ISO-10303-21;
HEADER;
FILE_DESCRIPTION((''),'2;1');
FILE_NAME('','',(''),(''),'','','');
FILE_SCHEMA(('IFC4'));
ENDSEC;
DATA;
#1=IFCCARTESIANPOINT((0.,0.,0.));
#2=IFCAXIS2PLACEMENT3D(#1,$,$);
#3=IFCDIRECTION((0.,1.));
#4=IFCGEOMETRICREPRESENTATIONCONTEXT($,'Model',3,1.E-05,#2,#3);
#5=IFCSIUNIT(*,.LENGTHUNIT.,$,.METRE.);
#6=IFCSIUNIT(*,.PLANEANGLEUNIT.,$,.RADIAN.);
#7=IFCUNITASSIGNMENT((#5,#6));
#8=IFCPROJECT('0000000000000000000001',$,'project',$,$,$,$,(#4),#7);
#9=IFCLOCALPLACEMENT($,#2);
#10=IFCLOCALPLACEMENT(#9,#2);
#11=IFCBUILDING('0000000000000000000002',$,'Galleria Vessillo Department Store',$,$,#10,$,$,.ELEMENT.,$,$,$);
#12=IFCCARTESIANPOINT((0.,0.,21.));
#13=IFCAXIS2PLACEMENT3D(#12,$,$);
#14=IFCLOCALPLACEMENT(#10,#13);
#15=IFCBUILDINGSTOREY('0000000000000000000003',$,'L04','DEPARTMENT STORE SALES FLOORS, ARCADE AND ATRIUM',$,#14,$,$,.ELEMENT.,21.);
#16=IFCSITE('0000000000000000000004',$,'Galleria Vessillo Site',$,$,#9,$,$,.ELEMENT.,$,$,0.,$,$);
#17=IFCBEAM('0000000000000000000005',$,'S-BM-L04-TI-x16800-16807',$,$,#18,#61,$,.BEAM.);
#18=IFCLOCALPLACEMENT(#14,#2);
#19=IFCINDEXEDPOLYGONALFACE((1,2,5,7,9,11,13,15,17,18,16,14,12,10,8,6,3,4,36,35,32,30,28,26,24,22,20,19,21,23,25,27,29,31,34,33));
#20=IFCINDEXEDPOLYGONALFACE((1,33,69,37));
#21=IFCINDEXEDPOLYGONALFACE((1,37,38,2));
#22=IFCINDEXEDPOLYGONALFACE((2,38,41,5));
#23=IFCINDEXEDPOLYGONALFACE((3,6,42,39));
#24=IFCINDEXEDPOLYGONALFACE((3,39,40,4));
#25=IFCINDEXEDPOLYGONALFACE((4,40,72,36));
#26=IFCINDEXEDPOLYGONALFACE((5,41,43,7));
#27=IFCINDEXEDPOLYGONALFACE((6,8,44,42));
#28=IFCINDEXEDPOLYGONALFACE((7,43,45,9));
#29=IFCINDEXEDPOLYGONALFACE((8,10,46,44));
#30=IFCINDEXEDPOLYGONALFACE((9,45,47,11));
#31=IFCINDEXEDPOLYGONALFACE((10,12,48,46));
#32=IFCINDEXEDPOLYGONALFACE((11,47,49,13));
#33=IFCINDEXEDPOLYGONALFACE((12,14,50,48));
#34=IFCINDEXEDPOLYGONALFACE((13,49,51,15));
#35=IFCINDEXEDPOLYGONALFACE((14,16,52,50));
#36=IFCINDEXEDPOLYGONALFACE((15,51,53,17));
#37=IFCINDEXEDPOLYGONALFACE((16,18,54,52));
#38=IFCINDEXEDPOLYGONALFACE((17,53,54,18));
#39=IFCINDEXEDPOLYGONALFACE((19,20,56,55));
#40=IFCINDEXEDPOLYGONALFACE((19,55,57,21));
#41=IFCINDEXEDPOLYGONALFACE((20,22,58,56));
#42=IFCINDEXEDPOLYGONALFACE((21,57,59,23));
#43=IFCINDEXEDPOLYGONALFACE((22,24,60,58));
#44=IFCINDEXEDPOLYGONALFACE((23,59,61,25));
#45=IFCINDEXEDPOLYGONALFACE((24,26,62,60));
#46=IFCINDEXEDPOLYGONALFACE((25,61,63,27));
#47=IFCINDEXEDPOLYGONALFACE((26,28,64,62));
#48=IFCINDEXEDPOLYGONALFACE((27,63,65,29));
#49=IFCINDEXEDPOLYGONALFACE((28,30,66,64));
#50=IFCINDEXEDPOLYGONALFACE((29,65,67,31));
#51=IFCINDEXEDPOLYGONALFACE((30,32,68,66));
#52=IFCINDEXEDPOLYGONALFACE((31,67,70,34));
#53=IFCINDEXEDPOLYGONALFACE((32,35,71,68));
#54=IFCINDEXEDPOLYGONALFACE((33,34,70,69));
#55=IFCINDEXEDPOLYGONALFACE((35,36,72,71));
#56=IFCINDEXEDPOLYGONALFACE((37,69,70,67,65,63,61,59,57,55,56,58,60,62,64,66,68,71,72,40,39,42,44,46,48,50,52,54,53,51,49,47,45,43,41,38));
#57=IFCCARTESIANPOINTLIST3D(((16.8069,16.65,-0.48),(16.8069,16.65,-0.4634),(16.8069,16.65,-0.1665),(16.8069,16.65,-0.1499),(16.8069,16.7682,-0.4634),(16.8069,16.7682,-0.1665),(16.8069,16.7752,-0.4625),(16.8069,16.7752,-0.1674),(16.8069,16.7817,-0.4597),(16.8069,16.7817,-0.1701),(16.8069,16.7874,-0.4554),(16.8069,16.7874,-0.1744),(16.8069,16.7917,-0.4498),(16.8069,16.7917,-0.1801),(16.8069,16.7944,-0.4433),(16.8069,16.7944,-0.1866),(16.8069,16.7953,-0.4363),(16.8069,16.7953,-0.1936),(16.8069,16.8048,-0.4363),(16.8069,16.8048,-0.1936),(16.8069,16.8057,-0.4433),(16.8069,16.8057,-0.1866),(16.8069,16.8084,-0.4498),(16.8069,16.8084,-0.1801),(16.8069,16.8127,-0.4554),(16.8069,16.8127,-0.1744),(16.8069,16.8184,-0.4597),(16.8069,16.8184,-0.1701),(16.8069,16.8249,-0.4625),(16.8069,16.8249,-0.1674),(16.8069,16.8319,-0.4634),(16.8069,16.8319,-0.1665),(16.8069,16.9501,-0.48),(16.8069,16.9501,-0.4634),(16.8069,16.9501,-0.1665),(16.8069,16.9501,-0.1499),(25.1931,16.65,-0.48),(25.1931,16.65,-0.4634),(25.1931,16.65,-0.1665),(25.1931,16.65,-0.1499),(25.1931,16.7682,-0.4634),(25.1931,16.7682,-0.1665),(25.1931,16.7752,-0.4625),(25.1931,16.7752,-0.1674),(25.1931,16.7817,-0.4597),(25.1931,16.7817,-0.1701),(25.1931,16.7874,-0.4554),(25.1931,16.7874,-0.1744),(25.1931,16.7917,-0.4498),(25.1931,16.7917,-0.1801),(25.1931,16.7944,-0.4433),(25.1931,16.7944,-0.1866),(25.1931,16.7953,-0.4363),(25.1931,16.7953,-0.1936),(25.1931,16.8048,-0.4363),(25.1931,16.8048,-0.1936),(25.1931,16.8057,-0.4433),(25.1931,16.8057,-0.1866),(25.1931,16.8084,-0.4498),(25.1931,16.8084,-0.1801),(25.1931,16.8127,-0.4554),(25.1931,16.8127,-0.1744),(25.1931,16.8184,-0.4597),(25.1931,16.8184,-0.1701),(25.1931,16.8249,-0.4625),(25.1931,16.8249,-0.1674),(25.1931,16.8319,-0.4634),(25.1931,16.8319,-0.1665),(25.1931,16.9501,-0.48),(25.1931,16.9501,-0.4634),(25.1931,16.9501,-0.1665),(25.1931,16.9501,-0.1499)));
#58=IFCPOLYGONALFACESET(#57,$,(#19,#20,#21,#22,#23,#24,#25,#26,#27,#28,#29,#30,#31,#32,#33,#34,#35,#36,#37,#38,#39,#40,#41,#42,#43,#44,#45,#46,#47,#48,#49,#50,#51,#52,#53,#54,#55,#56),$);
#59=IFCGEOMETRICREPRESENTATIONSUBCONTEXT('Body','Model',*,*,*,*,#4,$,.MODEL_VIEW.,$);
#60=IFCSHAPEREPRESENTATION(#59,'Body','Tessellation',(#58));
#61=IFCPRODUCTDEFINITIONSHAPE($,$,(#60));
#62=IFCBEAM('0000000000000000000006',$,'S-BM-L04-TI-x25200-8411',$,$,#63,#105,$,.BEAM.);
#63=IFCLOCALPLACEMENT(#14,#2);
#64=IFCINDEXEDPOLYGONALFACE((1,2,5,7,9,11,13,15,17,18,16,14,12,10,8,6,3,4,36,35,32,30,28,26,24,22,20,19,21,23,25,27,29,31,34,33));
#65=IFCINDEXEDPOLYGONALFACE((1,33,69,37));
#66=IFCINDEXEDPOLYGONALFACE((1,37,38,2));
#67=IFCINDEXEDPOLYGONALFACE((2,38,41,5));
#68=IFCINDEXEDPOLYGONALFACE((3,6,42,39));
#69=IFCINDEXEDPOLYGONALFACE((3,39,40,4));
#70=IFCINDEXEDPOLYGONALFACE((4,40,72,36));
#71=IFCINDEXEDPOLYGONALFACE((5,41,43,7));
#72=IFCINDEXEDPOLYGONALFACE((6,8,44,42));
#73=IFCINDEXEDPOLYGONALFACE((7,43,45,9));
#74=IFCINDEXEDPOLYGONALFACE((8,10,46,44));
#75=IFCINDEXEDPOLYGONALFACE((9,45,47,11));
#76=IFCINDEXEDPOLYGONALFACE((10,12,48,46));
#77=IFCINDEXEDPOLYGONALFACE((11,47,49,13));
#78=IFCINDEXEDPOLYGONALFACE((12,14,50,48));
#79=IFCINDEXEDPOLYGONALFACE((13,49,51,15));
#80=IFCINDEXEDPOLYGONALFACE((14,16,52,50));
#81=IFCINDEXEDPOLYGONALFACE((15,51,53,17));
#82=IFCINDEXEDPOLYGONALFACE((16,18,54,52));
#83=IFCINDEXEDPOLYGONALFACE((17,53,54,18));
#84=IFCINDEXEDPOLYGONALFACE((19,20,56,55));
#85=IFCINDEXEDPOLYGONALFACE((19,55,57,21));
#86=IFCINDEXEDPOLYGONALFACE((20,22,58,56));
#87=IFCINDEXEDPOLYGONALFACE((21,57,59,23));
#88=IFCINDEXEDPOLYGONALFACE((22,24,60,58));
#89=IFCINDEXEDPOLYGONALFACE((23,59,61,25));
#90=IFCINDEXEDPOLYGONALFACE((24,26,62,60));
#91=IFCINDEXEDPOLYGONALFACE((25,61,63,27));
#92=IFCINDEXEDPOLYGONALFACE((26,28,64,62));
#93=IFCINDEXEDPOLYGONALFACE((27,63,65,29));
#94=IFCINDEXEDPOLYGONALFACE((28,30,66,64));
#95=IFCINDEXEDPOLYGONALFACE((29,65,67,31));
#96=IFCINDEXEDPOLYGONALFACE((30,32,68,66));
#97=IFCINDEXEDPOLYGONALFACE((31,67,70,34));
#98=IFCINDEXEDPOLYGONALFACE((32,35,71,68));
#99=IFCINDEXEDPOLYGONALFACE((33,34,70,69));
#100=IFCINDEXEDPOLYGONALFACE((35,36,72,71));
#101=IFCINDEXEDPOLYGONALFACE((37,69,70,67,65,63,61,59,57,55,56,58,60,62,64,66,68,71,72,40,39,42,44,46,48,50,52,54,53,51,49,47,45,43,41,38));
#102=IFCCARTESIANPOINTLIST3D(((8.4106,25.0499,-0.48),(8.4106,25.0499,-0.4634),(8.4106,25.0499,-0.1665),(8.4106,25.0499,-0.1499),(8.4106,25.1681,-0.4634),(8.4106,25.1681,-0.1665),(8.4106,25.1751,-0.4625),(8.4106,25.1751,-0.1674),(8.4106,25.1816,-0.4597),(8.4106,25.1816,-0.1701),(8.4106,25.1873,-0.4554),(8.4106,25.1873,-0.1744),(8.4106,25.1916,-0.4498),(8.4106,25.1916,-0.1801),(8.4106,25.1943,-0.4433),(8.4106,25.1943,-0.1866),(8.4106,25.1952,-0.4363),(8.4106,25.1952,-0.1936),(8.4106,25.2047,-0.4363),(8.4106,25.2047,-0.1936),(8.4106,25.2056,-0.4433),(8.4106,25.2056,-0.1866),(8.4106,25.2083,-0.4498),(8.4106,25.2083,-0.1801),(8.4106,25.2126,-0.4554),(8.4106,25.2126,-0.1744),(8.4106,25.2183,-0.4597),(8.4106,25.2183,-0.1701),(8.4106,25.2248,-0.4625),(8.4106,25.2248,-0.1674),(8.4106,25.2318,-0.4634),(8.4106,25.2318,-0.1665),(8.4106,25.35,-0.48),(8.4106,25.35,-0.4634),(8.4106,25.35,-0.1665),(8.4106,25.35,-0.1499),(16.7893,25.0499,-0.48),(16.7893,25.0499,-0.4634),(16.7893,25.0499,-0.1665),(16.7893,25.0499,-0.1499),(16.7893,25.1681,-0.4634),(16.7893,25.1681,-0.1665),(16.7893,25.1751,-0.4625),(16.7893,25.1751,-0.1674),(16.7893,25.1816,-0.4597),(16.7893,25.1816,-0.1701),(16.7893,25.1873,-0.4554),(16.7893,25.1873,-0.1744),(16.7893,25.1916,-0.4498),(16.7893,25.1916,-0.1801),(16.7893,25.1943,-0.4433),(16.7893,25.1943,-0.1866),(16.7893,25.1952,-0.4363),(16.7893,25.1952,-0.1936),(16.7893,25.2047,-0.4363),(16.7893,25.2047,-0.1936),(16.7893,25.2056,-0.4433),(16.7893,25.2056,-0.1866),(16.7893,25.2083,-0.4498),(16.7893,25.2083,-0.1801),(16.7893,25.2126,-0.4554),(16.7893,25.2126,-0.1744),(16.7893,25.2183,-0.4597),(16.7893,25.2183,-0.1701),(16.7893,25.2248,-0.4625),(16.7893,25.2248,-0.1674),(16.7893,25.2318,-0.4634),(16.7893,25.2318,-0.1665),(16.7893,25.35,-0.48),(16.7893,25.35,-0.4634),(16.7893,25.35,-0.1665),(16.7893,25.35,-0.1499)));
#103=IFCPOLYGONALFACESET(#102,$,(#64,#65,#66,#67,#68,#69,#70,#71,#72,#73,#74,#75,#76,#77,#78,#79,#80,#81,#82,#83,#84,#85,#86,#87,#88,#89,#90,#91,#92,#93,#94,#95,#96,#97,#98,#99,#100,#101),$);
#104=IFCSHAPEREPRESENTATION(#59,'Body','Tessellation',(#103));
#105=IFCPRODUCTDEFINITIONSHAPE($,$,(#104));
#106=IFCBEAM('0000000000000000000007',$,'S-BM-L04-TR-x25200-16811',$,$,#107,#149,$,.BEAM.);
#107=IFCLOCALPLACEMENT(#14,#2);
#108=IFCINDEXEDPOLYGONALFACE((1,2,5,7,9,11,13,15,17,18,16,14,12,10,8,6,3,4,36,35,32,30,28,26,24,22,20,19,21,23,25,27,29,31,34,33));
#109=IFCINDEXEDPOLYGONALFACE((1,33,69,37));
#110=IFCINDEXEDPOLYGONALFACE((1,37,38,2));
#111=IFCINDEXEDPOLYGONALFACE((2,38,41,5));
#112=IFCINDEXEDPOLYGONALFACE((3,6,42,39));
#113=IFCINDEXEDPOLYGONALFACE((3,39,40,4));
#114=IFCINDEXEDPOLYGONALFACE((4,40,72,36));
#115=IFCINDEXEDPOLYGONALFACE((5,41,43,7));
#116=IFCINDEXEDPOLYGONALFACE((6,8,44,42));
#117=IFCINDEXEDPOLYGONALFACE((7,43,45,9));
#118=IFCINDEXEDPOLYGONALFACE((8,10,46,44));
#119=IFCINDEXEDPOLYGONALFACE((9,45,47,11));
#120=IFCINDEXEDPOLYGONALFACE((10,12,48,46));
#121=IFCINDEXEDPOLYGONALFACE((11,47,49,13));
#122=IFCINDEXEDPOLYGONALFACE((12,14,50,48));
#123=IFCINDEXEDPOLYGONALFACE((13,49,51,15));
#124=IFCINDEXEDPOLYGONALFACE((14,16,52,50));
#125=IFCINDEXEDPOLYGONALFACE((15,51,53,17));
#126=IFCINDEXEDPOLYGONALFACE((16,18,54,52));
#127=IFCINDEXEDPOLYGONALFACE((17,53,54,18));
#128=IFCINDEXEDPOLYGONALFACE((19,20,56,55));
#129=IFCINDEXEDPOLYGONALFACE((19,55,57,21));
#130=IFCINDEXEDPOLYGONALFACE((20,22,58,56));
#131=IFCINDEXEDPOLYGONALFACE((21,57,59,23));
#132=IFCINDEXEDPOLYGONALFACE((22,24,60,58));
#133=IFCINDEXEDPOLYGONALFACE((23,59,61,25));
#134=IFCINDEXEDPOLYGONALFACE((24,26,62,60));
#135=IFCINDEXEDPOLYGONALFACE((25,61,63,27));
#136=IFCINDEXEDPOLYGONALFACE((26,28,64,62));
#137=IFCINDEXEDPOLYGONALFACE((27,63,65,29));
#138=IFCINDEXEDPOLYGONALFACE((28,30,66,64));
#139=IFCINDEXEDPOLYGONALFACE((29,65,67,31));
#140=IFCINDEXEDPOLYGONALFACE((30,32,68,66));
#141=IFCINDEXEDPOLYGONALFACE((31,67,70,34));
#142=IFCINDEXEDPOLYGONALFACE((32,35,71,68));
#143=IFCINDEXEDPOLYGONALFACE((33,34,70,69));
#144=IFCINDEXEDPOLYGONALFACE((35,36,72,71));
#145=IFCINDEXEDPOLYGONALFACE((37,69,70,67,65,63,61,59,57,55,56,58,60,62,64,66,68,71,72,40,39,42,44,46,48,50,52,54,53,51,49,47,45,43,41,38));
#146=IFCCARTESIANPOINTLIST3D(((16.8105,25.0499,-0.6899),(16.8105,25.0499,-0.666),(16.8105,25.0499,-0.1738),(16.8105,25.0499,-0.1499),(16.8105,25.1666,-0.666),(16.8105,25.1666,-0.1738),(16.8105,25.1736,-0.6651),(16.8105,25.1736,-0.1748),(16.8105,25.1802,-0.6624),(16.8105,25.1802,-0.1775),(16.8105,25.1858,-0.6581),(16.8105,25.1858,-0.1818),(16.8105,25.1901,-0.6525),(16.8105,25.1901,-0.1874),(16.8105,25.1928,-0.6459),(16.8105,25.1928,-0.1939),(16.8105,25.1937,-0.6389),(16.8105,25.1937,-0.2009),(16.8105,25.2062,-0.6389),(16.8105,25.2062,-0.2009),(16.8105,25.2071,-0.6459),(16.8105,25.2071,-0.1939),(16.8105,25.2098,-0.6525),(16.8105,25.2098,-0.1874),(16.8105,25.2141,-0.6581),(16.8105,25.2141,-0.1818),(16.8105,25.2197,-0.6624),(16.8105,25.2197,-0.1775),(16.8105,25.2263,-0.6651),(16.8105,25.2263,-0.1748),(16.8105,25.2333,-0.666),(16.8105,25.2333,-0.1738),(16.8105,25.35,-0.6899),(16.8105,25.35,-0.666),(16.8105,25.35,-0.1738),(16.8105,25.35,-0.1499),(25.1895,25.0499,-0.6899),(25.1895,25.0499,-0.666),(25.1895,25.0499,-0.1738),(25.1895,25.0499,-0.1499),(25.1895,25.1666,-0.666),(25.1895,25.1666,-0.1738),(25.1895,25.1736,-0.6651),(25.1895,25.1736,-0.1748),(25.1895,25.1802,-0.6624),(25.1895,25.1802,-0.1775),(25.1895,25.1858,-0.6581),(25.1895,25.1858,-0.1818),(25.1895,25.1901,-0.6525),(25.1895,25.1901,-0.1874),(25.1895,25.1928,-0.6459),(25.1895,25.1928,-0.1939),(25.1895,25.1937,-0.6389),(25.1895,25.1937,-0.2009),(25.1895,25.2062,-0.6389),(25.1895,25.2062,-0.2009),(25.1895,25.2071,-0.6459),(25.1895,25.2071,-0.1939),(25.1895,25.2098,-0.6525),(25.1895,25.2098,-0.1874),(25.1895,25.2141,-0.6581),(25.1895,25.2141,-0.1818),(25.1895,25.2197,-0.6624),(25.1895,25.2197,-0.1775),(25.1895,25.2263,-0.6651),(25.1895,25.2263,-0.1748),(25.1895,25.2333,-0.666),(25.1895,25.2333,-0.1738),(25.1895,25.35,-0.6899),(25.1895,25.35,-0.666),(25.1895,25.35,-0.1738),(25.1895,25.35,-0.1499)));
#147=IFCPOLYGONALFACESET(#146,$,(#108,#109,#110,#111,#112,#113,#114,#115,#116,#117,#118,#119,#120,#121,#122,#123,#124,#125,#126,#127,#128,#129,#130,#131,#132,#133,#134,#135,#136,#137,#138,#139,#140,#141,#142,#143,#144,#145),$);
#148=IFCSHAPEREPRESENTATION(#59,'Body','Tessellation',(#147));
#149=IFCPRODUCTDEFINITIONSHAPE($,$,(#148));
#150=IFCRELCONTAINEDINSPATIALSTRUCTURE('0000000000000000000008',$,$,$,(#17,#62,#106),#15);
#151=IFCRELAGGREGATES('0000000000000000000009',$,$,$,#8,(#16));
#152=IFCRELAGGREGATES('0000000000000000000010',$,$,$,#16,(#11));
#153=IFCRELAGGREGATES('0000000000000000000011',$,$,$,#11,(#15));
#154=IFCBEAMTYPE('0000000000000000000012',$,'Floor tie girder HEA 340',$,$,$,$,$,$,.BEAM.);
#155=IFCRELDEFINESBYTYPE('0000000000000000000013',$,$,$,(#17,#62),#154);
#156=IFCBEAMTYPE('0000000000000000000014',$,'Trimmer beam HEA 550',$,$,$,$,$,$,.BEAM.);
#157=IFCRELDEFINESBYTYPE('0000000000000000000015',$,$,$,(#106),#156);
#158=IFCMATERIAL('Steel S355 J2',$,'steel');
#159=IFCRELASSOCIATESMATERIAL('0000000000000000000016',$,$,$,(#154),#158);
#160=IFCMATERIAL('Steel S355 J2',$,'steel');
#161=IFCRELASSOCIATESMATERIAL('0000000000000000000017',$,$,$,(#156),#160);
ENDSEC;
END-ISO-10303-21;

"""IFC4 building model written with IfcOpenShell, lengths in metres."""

from ifc_helpers import new_model, si_unit, direction, frame, origin, origin_2d, place, context, subcontext, project, spatial, i_section, extrude, material, material_profile, profile_set, type_object, element, save


model = new_model("IFC4")

# Units and contexts
model_context = context("Model", 3, precision=1e-05, world=origin(), true_north=direction((0.0, 1.0)))
body_context = subcontext(model_context, "Body", "Model", "MODEL_VIEW")
ifc_project = project(units=[si_unit("LENGTHUNIT", "METRE"), si_unit("PLANEANGLEUNIT", "RADIAN")], contexts=[model_context])

# Site, building, storey
site_placement = place(None, origin())
site = spatial("IfcSite", under=ifc_project, at=site_placement, Name="Galleria Vessillo Site", CompositionType="ELEMENT", RefElevation=0.0)
building_placement = place(site_placement, origin())
building = spatial("IfcBuilding", under=site, at=building_placement, Name="Galleria Vessillo Department Store", CompositionType="ELEMENT")
storey_placement = place(building_placement, frame((0.0, 0.0, 21.0)))
storey = spatial("IfcBuildingStorey", under=building, at=storey_placement, Name="L04", Description="DEPARTMENT STORE SALES FLOORS, ARCADE AND ATRIUM", CompositionType="ELEMENT", Elevation=21.0)

# Beams
ifc_material_1 = material(Name="Steel S355 J2", Category="steel")
ifc_material_profile_1 = material_profile(ifc_material_1, i_section(OverallWidth=0.3, OverallDepth=0.3301, WebThickness=0.0095, FlangeThickness=0.0166, FilletRadius=0.0271, at=origin_2d()), Name="HEA 340")
ifc_profile_set_1 = profile_set([ifc_material_profile_1], Name="Steel S355 J2")
beam_type_1 = type_object("IfcBeamType", Name="Floor tie girder HEA 340", PredefinedType="BEAM", material=ifc_profile_set_1)
for number, where, z_axis, x_axis, name in (
    (1, (16.8069, 16.8, -0.3149), (1.0, 0.0, 0.0), (0.0, 1.0, 0.0), "S-BM-L04-TI-x16800-16807"),
):
    element("IfcBeam", number, at=place(storey_placement, frame(where, z_axis=z_axis, x_axis=x_axis)), inside=storey, type_object=beam_type_1, Name=name, PredefinedType="BEAM", context=body_context, shape_type="SweptSolid", body=[
        extrude(i_section(OverallWidth=0.3, OverallDepth=0.3301, WebThickness=0.0095, FlangeThickness=0.0166, FilletRadius=0.0271, at=origin_2d()), origin(), (0.0, 0.0, 1.0), 8.3862),
    ])
beam_1_placement = place(storey_placement, frame((8.4106, 25.2, -0.3149), z_axis=(1.0, 0.0, 0.0), x_axis=(0.0, 1.0, 0.0)))
element("IfcBeam", 2, at=beam_1_placement, inside=storey, type_object=beam_type_1, Name="S-BM-L04-TI-x25200-8411", PredefinedType="BEAM", context=body_context, shape_type="SweptSolid", body=[
    extrude(i_section(OverallWidth=0.3, OverallDepth=0.3301, WebThickness=0.0095, FlangeThickness=0.0166, FilletRadius=0.0271, at=origin_2d()), origin(), (0.0, 0.0, 1.0), 8.3787),
])
ifc_material_2 = material(Name="Steel S355 J2", Category="steel")
ifc_material_profile_2 = material_profile(ifc_material_2, i_section(OverallWidth=0.3, OverallDepth=0.54, WebThickness=0.0125, FlangeThickness=0.0239, FilletRadius=0.0271, at=origin_2d()), Name="HEA 550")
ifc_profile_set_2 = profile_set([ifc_material_profile_2], Name="Steel S355 J2")
beam_type_2 = type_object("IfcBeamType", Name="Trimmer beam HEA 550", PredefinedType="BEAM", material=ifc_profile_set_2)
beam_2_placement = place(storey_placement, frame((16.8105, 25.2, -0.4199), z_axis=(1.0, 0.0, 0.0), x_axis=(0.0, 1.0, 0.0)))
element("IfcBeam", 3, at=beam_2_placement, inside=storey, type_object=beam_type_2, Name="S-BM-L04-TR-x25200-16811", PredefinedType="BEAM", context=body_context, shape_type="SweptSolid", body=[
    extrude(i_section(OverallWidth=0.3, OverallDepth=0.54, WebThickness=0.0125, FlangeThickness=0.0239, FilletRadius=0.0271, at=origin_2d()), origin(), (0.0, 0.0, 1.0), 8.3789),
])

save(model, "model.ifc")
